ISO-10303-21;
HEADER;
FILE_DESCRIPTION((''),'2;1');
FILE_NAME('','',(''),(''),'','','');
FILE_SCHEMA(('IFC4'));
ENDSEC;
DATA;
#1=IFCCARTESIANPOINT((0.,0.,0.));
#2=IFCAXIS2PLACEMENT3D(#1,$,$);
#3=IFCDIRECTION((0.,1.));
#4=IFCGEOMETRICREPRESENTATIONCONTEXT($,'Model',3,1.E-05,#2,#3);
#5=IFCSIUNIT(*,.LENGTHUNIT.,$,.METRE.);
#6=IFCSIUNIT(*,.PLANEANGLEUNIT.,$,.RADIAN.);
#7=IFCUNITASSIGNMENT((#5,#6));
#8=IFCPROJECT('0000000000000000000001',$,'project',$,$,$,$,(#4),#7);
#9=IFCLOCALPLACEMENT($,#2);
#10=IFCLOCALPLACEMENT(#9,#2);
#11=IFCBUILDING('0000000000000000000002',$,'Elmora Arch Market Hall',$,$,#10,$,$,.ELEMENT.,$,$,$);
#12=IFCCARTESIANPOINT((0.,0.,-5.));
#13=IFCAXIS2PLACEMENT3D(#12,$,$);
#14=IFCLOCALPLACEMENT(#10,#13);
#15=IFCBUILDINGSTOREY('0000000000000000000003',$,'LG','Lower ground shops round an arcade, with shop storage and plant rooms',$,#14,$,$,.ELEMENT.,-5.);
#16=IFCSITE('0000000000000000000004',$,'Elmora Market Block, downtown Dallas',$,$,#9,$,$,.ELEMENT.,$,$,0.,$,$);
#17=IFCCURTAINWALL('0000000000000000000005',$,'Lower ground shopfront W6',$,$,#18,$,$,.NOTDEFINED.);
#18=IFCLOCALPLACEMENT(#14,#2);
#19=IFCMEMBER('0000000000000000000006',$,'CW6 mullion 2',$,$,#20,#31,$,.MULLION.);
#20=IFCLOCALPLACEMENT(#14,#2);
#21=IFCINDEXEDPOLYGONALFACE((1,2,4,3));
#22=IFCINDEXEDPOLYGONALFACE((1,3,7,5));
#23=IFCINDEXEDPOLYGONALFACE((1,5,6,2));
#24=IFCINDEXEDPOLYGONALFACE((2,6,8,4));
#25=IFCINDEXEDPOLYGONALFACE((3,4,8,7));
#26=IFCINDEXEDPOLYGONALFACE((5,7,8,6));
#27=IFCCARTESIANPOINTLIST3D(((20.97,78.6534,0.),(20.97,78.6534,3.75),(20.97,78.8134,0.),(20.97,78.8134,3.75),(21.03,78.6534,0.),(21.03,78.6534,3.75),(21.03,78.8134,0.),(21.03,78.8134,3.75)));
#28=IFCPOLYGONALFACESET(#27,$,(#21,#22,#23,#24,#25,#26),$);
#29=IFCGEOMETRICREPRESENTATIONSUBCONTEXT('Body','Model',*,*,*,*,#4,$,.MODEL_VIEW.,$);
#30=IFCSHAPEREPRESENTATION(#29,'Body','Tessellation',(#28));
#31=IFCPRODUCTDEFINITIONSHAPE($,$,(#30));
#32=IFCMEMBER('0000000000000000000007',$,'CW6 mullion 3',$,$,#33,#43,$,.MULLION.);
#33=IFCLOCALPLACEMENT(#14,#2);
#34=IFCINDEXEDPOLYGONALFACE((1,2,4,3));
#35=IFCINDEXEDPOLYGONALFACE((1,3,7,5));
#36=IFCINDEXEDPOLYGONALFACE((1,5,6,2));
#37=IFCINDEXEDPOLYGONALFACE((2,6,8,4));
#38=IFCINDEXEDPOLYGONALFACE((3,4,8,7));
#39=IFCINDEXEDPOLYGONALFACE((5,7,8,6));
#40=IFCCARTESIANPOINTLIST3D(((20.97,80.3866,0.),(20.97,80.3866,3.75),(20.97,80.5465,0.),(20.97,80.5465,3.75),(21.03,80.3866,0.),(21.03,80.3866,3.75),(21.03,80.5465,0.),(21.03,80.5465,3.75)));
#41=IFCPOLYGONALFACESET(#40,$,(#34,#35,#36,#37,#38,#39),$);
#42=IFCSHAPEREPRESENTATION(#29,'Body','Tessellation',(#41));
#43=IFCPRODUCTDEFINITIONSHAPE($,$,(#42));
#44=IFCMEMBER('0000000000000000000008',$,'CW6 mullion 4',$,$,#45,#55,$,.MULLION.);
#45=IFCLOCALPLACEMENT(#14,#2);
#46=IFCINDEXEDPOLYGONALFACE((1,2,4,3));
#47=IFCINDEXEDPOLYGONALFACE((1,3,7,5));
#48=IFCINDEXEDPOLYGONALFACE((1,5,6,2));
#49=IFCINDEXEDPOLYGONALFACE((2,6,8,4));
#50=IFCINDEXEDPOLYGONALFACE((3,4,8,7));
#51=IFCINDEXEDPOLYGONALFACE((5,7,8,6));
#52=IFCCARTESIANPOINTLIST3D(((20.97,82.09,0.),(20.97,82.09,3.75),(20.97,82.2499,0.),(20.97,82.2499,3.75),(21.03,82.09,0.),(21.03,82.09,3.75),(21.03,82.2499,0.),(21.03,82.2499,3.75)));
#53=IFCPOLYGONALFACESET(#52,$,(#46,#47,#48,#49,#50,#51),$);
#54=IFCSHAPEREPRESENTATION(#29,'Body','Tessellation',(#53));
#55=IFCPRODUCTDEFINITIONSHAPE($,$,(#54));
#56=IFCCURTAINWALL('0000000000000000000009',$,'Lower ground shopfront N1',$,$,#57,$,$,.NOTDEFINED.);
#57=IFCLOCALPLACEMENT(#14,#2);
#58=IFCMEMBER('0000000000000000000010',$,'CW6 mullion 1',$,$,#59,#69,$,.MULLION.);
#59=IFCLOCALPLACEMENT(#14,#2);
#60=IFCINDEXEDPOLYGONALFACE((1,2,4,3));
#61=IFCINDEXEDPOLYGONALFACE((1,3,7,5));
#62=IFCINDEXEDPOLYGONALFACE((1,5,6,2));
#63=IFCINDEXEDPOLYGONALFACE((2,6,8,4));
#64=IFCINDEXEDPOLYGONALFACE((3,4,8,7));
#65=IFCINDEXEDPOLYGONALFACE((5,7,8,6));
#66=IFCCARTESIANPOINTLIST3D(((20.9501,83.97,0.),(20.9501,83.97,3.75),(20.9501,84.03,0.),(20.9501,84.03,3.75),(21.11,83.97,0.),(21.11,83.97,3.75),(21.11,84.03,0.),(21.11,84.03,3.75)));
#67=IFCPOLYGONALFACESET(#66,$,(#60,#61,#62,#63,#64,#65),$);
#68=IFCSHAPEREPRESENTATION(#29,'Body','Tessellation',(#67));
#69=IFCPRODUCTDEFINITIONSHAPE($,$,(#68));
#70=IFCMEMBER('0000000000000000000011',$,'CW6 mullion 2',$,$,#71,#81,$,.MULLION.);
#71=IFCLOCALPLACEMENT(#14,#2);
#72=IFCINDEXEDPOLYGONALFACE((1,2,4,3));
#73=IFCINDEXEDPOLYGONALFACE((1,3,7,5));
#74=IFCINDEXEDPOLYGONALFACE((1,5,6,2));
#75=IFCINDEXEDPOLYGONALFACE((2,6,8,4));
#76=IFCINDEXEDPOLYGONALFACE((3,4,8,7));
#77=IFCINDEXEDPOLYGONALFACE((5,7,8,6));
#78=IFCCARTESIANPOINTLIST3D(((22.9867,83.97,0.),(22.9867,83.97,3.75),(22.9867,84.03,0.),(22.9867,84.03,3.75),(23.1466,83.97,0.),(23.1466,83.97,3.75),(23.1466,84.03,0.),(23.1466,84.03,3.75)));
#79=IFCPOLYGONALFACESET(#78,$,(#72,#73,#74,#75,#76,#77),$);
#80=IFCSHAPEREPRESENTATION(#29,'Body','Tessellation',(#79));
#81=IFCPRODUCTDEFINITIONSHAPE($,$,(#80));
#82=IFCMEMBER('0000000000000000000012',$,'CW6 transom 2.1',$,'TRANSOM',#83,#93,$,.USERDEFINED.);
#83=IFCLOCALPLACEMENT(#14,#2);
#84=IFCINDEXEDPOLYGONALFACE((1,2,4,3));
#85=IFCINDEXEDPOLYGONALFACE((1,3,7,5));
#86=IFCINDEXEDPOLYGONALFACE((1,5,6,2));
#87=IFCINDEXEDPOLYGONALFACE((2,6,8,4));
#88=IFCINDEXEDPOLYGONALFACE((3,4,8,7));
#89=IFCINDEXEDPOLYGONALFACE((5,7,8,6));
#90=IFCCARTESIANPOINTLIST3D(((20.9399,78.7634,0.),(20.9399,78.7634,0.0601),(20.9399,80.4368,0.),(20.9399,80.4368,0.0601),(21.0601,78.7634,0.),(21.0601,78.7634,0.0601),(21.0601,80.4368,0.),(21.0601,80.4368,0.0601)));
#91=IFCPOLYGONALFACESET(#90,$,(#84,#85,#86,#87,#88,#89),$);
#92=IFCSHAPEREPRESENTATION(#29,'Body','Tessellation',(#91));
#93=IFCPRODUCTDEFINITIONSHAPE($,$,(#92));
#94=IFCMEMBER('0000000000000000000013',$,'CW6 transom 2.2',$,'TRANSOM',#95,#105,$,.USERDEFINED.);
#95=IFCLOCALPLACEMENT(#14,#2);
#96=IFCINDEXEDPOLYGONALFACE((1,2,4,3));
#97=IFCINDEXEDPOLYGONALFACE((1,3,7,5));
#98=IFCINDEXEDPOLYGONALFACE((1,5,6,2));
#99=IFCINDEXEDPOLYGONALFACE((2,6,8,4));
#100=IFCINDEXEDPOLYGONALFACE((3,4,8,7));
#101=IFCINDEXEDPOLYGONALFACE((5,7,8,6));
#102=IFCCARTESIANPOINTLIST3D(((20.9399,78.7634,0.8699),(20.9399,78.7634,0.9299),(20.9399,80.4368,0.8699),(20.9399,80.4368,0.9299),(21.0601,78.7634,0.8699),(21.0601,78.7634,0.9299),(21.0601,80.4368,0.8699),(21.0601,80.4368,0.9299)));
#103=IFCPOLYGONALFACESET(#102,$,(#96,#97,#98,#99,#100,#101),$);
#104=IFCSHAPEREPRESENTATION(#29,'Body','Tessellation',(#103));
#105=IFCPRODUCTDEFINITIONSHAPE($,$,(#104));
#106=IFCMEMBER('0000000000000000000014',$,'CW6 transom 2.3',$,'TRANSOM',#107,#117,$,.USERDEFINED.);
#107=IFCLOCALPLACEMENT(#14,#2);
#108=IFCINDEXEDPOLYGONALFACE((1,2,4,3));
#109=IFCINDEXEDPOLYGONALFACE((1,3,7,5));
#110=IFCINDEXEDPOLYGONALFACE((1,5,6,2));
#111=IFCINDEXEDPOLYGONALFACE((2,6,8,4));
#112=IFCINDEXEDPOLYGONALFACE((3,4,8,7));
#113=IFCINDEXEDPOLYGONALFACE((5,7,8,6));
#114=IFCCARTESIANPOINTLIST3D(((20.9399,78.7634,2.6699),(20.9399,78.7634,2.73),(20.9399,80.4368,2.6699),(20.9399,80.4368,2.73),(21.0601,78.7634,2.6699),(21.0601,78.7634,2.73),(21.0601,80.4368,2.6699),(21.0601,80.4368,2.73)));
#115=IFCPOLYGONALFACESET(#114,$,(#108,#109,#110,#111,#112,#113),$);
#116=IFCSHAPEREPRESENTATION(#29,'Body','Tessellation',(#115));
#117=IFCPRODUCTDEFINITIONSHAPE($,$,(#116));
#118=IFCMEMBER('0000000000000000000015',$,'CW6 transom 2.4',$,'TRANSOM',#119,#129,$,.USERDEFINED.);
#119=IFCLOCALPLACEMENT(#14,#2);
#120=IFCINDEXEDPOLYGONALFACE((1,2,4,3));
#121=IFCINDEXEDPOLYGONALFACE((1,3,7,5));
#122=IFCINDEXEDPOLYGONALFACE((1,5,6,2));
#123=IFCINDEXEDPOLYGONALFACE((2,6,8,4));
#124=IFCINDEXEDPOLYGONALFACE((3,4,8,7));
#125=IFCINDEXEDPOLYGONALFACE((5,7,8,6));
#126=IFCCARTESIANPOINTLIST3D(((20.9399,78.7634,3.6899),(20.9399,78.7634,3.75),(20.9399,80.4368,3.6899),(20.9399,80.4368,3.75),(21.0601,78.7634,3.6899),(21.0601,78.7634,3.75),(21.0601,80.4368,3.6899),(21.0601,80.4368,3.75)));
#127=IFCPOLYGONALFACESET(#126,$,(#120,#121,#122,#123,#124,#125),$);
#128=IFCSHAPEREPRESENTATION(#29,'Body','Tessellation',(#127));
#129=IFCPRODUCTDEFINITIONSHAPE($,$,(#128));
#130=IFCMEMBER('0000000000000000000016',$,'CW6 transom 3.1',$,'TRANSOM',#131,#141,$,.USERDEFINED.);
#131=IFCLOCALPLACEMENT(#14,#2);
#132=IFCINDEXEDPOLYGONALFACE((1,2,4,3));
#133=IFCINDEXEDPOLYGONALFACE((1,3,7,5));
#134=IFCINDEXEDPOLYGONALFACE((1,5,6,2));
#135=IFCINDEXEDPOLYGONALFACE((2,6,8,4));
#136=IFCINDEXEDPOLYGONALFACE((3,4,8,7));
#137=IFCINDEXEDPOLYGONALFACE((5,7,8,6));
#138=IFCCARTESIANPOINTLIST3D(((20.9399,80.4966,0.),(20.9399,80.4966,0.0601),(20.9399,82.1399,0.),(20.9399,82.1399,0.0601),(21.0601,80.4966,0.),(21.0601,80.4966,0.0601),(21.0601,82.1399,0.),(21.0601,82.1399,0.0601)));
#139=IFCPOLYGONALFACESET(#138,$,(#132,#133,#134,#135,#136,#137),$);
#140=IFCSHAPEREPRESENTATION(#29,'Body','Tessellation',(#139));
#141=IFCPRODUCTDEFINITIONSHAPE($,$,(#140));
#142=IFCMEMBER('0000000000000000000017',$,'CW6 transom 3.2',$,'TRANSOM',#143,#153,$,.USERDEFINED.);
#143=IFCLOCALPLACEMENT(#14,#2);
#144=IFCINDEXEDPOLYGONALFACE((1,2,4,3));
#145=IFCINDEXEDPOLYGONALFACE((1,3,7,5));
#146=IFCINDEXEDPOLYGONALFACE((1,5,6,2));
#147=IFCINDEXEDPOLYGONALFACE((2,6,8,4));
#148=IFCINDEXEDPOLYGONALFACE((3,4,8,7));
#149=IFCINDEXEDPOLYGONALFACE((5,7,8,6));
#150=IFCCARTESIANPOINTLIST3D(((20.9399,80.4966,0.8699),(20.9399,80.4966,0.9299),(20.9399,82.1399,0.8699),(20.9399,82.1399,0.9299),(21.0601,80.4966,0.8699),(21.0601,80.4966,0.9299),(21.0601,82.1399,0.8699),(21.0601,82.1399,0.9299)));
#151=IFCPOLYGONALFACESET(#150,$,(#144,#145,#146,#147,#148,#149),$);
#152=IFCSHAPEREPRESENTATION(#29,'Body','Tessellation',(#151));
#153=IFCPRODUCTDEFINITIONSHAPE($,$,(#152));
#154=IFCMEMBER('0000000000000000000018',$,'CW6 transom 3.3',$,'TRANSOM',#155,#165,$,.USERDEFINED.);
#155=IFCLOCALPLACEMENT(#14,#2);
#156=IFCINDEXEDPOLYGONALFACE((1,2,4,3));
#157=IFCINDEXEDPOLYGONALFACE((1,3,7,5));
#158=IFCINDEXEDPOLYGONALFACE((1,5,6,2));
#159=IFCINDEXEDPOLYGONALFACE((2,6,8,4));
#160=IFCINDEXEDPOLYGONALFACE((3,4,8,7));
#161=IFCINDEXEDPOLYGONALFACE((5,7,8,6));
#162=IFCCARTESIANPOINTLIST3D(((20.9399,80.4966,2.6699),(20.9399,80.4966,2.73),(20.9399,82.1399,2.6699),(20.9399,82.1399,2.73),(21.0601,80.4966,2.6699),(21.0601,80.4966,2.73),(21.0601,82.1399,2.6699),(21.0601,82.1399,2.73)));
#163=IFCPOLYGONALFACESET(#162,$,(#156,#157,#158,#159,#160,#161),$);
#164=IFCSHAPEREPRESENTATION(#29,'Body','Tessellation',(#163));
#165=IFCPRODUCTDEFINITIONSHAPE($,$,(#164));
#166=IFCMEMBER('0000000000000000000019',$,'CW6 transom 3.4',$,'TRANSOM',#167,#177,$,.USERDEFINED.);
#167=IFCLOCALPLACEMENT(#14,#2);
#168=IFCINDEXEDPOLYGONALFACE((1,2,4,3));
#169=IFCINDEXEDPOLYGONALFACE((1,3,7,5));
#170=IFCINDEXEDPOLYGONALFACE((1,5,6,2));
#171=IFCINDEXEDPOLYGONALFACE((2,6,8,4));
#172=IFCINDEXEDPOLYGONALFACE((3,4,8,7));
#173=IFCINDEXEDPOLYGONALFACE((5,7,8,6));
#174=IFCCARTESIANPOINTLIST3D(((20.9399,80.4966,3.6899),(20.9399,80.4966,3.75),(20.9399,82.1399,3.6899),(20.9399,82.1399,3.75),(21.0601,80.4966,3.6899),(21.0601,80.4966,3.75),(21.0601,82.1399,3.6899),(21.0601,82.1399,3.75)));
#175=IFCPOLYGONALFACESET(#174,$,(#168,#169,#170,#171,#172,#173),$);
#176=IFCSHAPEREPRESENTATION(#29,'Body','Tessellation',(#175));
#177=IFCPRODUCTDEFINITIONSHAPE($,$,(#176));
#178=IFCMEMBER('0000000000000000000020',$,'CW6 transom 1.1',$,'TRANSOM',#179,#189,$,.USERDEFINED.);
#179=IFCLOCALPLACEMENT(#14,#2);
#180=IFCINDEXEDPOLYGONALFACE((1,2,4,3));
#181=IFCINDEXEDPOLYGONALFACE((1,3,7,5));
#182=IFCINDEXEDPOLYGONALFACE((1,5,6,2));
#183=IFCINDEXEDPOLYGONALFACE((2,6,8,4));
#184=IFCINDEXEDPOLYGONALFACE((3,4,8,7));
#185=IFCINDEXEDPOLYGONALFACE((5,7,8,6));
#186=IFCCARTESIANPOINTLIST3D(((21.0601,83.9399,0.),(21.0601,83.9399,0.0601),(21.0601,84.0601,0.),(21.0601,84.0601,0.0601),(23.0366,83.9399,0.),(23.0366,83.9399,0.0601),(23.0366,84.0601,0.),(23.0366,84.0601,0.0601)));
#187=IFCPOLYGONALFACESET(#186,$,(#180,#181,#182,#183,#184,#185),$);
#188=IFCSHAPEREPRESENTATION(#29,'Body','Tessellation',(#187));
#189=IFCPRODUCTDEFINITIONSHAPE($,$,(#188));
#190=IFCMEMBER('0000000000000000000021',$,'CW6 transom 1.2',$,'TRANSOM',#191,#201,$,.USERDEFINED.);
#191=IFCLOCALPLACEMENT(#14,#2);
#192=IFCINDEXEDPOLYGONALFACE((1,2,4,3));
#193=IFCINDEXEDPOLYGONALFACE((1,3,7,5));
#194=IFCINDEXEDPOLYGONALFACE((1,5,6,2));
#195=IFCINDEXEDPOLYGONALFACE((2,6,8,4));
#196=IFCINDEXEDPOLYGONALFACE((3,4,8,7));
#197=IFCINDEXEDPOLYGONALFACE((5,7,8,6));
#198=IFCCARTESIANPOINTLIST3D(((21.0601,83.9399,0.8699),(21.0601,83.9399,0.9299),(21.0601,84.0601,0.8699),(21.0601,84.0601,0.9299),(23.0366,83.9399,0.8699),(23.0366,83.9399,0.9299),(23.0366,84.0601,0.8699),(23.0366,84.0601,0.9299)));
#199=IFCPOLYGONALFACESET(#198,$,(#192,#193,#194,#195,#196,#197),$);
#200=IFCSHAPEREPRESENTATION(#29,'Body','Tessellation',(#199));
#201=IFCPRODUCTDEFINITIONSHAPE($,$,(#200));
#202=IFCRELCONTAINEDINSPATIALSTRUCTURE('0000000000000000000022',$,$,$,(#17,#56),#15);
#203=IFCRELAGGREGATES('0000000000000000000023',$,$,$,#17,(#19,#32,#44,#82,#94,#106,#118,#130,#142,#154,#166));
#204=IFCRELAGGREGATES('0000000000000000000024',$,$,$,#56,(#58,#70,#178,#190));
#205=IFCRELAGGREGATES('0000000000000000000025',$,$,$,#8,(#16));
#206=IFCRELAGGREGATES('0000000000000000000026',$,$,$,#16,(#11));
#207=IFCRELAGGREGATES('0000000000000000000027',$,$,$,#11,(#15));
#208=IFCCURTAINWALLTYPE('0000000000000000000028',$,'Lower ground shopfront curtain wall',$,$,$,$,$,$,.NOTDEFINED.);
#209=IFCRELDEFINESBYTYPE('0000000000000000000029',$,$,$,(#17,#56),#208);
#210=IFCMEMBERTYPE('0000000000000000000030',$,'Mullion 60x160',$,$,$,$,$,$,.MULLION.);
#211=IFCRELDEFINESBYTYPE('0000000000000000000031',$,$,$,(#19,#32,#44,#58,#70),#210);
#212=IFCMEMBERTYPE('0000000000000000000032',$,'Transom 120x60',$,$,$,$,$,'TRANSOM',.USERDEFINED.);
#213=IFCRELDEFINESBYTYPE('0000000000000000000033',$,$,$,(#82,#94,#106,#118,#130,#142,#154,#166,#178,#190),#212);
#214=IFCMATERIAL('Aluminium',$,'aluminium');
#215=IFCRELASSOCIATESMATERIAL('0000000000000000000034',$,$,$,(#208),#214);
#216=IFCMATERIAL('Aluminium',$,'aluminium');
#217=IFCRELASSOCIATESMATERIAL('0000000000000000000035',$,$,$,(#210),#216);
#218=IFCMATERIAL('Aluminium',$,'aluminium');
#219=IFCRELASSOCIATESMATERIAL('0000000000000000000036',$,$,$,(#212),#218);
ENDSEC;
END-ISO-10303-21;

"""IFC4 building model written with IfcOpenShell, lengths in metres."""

from ifc_helpers import new_model, si_unit, direction, frame, origin, origin_2d, place, context, subcontext, project, spatial, rectangle, extrude, material, material_profile, profile_set, type_object, element, aggregate, save


model = new_model("IFC4")

# Units and contexts
model_context = context("Model", 3, precision=1e-05, world=origin(), true_north=direction((0.0, 1.0)))
body_context = subcontext(model_context, "Body", "Model", "MODEL_VIEW")
ifc_project = project(units=[si_unit("LENGTHUNIT", "METRE"), si_unit("PLANEANGLEUNIT", "RADIAN")], contexts=[model_context])

# Site, building, storey
site_placement = place(None, origin())
site = spatial("IfcSite", under=ifc_project, at=site_placement, Name="Elmora Market Block, downtown Dallas", CompositionType="ELEMENT", RefElevation=0.0)
building_placement = place(site_placement, origin())
building = spatial("IfcBuilding", under=site, at=building_placement, Name="Elmora Arch Market Hall", CompositionType="ELEMENT")
storey_placement = place(building_placement, frame((0.0, 0.0, -5.0)))
storey = spatial("IfcBuildingStorey", under=building, at=storey_placement, Name="LG", Description="Lower ground shops round an arcade, with shop storage and plant rooms", CompositionType="ELEMENT", Elevation=-5.0)

# Curtain walls, members
ifc_material_1 = material(Name="Aluminium", Category="aluminium")
curtain_wall_type = type_object("IfcCurtainWallType", Name="Lower ground shopfront curtain wall", PredefinedType="NOTDEFINED", material=ifc_material_1)
curtain_wall_1_placement = place(storey_placement, origin())
curtain_wall_1 = element("IfcCurtainWall", 1, at=curtain_wall_1_placement, inside=storey, type_object=curtain_wall_type, Name="Lower ground shopfront W6", PredefinedType="NOTDEFINED")
ifc_material_2 = material(Name="Aluminium", Category="aluminium")
ifc_material_profile_1 = material_profile(ifc_material_2, rectangle(XDim=0.0601, YDim=0.1599, at=origin_2d()), Name="AL 60x160")
ifc_profile_set_1 = profile_set([ifc_material_profile_1], Name="Aluminium")
member_type_1 = type_object("IfcMemberType", Name="Mullion 60x160", PredefinedType="MULLION", material=ifc_profile_set_1)
member_1_placement = place(storey_placement, frame((21.0, 78.7334, 0.0), z_axis=(0.0, 0.0, 1.0), x_axis=(-1.0, 0.0, 0.0)))
member_1 = element("IfcMember", 2, at=member_1_placement, type_object=member_type_1, Name="CW6 mullion 2", PredefinedType="MULLION", context=body_context, shape_type="SweptSolid", body=[
    extrude(rectangle(XDim=0.0601, YDim=0.1599, at=origin_2d()), origin(), (0.0, 0.0, 1.0), 3.75),
])
member_2_placement = place(storey_placement, frame((21.0, 80.4666, 0.0), z_axis=(0.0, 0.0, 1.0), x_axis=(-1.0, 0.0, 0.0)))
member_2 = element("IfcMember", 3, at=member_2_placement, type_object=member_type_1, Name="CW6 mullion 3", PredefinedType="MULLION", context=body_context, shape_type="SweptSolid", body=[
    extrude(rectangle(XDim=0.0601, YDim=0.1599, at=origin_2d()), origin(), (0.0, 0.0, 1.0), 3.75),
])
member_3_placement = place(storey_placement, frame((21.0, 82.1699, 0.0), z_axis=(0.0, 0.0, 1.0), x_axis=(-1.0, 0.0, 0.0)))
member_3 = element("IfcMember", 4, at=member_3_placement, type_object=member_type_1, Name="CW6 mullion 4", PredefinedType="MULLION", context=body_context, shape_type="SweptSolid", body=[
    extrude(rectangle(XDim=0.0601, YDim=0.1599, at=origin_2d()), origin(), (0.0, 0.0, 1.0), 3.75),
])
curtain_wall_2_placement = place(storey_placement, origin())
curtain_wall_2 = element("IfcCurtainWall", 5, at=curtain_wall_2_placement, inside=storey, type_object=curtain_wall_type, Name="Lower ground shopfront N1", PredefinedType="NOTDEFINED")
member_4_placement = place(storey_placement, frame((21.03, 84.0, 0.0), z_axis=(0.0, 0.0, 1.0), x_axis=(0.0, 1.0, 0.0)))
member_4 = element("IfcMember", 6, at=member_4_placement, type_object=member_type_1, Name="CW6 mullion 1", PredefinedType="MULLION", context=body_context, shape_type="SweptSolid", body=[
    extrude(rectangle(XDim=0.0601, YDim=0.1599, at=origin_2d()), origin(), (0.0, 0.0, 1.0), 3.75),
])
member_5_placement = place(storey_placement, frame((23.0667, 84.0, 0.0), z_axis=(0.0, 0.0, 1.0), x_axis=(0.0, 1.0, 0.0)))
member_5 = element("IfcMember", 7, at=member_5_placement, type_object=member_type_1, Name="CW6 mullion 2", PredefinedType="MULLION", context=body_context, shape_type="SweptSolid", body=[
    extrude(rectangle(XDim=0.0601, YDim=0.1599, at=origin_2d()), origin(), (0.0, 0.0, 1.0), 3.75),
])

# Members
ifc_material_3 = material(Name="Aluminium", Category="aluminium")
ifc_material_profile_2 = material_profile(ifc_material_3, rectangle(XDim=0.1201, YDim=0.0601, at=origin_2d()), Name="AL 120x60")
ifc_profile_set_2 = profile_set([ifc_material_profile_2], Name="Aluminium")
member_type_2 = type_object("IfcMemberType", Name="Transom 120x60", ElementType="TRANSOM", PredefinedType="USERDEFINED", material=ifc_profile_set_2)
member_6_placement = place(storey_placement, frame((21.0, 78.7634, 0.03), z_axis=(0.0, 1.0, 0.0), x_axis=(-1.0, 0.0, 0.0)))
member_6 = element("IfcMember", 8, at=member_6_placement, type_object=member_type_2, Name="CW6 transom 2.1", ObjectType="TRANSOM", PredefinedType="USERDEFINED", context=body_context, shape_type="SweptSolid", body=[
    extrude(rectangle(XDim=0.1201, YDim=0.0601, at=origin_2d()), origin(), (0.0, 0.0, 1.0), 1.6733),
])
member_7_placement = place(storey_placement, frame((21.0, 78.7634, 0.8999), z_axis=(0.0, 1.0, 0.0), x_axis=(-1.0, 0.0, 0.0)))
member_7 = element("IfcMember", 9, at=member_7_placement, type_object=member_type_2, Name="CW6 transom 2.2", ObjectType="TRANSOM", PredefinedType="USERDEFINED", context=body_context, shape_type="SweptSolid", body=[
    extrude(rectangle(XDim=0.1201, YDim=0.0601, at=origin_2d()), origin(), (0.0, 0.0, 1.0), 1.6733),
])
member_8_placement = place(storey_placement, frame((21.0, 78.7634, 2.7), z_axis=(0.0, 1.0, 0.0), x_axis=(-1.0, 0.0, 0.0)))
member_8 = element("IfcMember", 10, at=member_8_placement, type_object=member_type_2, Name="CW6 transom 2.3", ObjectType="TRANSOM", PredefinedType="USERDEFINED", context=body_context, shape_type="SweptSolid", body=[
    extrude(rectangle(XDim=0.1201, YDim=0.0601, at=origin_2d()), origin(), (0.0, 0.0, 1.0), 1.6733),
])
member_9_placement = place(storey_placement, frame((21.0, 78.7634, 3.72), z_axis=(0.0, 1.0, 0.0), x_axis=(-1.0, 0.0, 0.0)))
member_9 = element("IfcMember", 11, at=member_9_placement, type_object=member_type_2, Name="CW6 transom 2.4", ObjectType="TRANSOM", PredefinedType="USERDEFINED", context=body_context, shape_type="SweptSolid", body=[
    extrude(rectangle(XDim=0.1201, YDim=0.0601, at=origin_2d()), origin(), (0.0, 0.0, 1.0), 1.6733),
])
member_10_placement = place(storey_placement, frame((21.0, 80.4966, 0.03), z_axis=(0.0, 1.0, 0.0), x_axis=(-1.0, 0.0, 0.0)))
member_10 = element("IfcMember", 12, at=member_10_placement, type_object=member_type_2, Name="CW6 transom 3.1", ObjectType="TRANSOM", PredefinedType="USERDEFINED", context=body_context, shape_type="SweptSolid", body=[
    extrude(rectangle(XDim=0.1201, YDim=0.0601, at=origin_2d()), origin(), (0.0, 0.0, 1.0), 1.6433),
])
member_11_placement = place(storey_placement, frame((21.0, 80.4966, 0.8999), z_axis=(0.0, 1.0, 0.0), x_axis=(-1.0, 0.0, 0.0)))
member_11 = element("IfcMember", 13, at=member_11_placement, type_object=member_type_2, Name="CW6 transom 3.2", ObjectType="TRANSOM", PredefinedType="USERDEFINED", context=body_context, shape_type="SweptSolid", body=[
    extrude(rectangle(XDim=0.1201, YDim=0.0601, at=origin_2d()), origin(), (0.0, 0.0, 1.0), 1.6433),
])
member_12_placement = place(storey_placement, frame((21.0, 80.4966, 2.7), z_axis=(0.0, 1.0, 0.0), x_axis=(-1.0, 0.0, 0.0)))
member_12 = element("IfcMember", 14, at=member_12_placement, type_object=member_type_2, Name="CW6 transom 3.3", ObjectType="TRANSOM", PredefinedType="USERDEFINED", context=body_context, shape_type="SweptSolid", body=[
    extrude(rectangle(XDim=0.1201, YDim=0.0601, at=origin_2d()), origin(), (0.0, 0.0, 1.0), 1.6433),
])
member_13_placement = place(storey_placement, frame((21.0, 80.4966, 3.72), z_axis=(0.0, 1.0, 0.0), x_axis=(-1.0, 0.0, 0.0)))
member_13 = element("IfcMember", 15, at=member_13_placement, type_object=member_type_2, Name="CW6 transom 3.4", ObjectType="TRANSOM", PredefinedType="USERDEFINED", context=body_context, shape_type="SweptSolid", body=[
    extrude(rectangle(XDim=0.1201, YDim=0.0601, at=origin_2d()), origin(), (0.0, 0.0, 1.0), 1.6433),
])
member_14_placement = place(storey_placement, frame((21.0601, 84.0, 0.03), z_axis=(1.0, 0.0, 0.0), x_axis=(0.0, 1.0, 0.0)))
member_14 = element("IfcMember", 16, at=member_14_placement, type_object=member_type_2, Name="CW6 transom 1.1", ObjectType="TRANSOM", PredefinedType="USERDEFINED", context=body_context, shape_type="SweptSolid", body=[
    extrude(rectangle(XDim=0.1201, YDim=0.0601, at=origin_2d()), origin(), (0.0, 0.0, 1.0), 1.9766),
])
member_15_placement = place(storey_placement, frame((21.0601, 84.0, 0.8999), z_axis=(1.0, 0.0, 0.0), x_axis=(0.0, 1.0, 0.0)))
member_15 = element("IfcMember", 17, at=member_15_placement, type_object=member_type_2, Name="CW6 transom 1.2", ObjectType="TRANSOM", PredefinedType="USERDEFINED", context=body_context, shape_type="SweptSolid", body=[
    extrude(rectangle(XDim=0.1201, YDim=0.0601, at=origin_2d()), origin(), (0.0, 0.0, 1.0), 1.9766),
])

aggregate(curtain_wall_1, [member_1, member_2, member_3, member_6, member_7, member_8, member_9, member_10, member_11, member_12, member_13])
aggregate(curtain_wall_2, [member_4, member_5, member_14, member_15])

save(model, "model.ifc")
